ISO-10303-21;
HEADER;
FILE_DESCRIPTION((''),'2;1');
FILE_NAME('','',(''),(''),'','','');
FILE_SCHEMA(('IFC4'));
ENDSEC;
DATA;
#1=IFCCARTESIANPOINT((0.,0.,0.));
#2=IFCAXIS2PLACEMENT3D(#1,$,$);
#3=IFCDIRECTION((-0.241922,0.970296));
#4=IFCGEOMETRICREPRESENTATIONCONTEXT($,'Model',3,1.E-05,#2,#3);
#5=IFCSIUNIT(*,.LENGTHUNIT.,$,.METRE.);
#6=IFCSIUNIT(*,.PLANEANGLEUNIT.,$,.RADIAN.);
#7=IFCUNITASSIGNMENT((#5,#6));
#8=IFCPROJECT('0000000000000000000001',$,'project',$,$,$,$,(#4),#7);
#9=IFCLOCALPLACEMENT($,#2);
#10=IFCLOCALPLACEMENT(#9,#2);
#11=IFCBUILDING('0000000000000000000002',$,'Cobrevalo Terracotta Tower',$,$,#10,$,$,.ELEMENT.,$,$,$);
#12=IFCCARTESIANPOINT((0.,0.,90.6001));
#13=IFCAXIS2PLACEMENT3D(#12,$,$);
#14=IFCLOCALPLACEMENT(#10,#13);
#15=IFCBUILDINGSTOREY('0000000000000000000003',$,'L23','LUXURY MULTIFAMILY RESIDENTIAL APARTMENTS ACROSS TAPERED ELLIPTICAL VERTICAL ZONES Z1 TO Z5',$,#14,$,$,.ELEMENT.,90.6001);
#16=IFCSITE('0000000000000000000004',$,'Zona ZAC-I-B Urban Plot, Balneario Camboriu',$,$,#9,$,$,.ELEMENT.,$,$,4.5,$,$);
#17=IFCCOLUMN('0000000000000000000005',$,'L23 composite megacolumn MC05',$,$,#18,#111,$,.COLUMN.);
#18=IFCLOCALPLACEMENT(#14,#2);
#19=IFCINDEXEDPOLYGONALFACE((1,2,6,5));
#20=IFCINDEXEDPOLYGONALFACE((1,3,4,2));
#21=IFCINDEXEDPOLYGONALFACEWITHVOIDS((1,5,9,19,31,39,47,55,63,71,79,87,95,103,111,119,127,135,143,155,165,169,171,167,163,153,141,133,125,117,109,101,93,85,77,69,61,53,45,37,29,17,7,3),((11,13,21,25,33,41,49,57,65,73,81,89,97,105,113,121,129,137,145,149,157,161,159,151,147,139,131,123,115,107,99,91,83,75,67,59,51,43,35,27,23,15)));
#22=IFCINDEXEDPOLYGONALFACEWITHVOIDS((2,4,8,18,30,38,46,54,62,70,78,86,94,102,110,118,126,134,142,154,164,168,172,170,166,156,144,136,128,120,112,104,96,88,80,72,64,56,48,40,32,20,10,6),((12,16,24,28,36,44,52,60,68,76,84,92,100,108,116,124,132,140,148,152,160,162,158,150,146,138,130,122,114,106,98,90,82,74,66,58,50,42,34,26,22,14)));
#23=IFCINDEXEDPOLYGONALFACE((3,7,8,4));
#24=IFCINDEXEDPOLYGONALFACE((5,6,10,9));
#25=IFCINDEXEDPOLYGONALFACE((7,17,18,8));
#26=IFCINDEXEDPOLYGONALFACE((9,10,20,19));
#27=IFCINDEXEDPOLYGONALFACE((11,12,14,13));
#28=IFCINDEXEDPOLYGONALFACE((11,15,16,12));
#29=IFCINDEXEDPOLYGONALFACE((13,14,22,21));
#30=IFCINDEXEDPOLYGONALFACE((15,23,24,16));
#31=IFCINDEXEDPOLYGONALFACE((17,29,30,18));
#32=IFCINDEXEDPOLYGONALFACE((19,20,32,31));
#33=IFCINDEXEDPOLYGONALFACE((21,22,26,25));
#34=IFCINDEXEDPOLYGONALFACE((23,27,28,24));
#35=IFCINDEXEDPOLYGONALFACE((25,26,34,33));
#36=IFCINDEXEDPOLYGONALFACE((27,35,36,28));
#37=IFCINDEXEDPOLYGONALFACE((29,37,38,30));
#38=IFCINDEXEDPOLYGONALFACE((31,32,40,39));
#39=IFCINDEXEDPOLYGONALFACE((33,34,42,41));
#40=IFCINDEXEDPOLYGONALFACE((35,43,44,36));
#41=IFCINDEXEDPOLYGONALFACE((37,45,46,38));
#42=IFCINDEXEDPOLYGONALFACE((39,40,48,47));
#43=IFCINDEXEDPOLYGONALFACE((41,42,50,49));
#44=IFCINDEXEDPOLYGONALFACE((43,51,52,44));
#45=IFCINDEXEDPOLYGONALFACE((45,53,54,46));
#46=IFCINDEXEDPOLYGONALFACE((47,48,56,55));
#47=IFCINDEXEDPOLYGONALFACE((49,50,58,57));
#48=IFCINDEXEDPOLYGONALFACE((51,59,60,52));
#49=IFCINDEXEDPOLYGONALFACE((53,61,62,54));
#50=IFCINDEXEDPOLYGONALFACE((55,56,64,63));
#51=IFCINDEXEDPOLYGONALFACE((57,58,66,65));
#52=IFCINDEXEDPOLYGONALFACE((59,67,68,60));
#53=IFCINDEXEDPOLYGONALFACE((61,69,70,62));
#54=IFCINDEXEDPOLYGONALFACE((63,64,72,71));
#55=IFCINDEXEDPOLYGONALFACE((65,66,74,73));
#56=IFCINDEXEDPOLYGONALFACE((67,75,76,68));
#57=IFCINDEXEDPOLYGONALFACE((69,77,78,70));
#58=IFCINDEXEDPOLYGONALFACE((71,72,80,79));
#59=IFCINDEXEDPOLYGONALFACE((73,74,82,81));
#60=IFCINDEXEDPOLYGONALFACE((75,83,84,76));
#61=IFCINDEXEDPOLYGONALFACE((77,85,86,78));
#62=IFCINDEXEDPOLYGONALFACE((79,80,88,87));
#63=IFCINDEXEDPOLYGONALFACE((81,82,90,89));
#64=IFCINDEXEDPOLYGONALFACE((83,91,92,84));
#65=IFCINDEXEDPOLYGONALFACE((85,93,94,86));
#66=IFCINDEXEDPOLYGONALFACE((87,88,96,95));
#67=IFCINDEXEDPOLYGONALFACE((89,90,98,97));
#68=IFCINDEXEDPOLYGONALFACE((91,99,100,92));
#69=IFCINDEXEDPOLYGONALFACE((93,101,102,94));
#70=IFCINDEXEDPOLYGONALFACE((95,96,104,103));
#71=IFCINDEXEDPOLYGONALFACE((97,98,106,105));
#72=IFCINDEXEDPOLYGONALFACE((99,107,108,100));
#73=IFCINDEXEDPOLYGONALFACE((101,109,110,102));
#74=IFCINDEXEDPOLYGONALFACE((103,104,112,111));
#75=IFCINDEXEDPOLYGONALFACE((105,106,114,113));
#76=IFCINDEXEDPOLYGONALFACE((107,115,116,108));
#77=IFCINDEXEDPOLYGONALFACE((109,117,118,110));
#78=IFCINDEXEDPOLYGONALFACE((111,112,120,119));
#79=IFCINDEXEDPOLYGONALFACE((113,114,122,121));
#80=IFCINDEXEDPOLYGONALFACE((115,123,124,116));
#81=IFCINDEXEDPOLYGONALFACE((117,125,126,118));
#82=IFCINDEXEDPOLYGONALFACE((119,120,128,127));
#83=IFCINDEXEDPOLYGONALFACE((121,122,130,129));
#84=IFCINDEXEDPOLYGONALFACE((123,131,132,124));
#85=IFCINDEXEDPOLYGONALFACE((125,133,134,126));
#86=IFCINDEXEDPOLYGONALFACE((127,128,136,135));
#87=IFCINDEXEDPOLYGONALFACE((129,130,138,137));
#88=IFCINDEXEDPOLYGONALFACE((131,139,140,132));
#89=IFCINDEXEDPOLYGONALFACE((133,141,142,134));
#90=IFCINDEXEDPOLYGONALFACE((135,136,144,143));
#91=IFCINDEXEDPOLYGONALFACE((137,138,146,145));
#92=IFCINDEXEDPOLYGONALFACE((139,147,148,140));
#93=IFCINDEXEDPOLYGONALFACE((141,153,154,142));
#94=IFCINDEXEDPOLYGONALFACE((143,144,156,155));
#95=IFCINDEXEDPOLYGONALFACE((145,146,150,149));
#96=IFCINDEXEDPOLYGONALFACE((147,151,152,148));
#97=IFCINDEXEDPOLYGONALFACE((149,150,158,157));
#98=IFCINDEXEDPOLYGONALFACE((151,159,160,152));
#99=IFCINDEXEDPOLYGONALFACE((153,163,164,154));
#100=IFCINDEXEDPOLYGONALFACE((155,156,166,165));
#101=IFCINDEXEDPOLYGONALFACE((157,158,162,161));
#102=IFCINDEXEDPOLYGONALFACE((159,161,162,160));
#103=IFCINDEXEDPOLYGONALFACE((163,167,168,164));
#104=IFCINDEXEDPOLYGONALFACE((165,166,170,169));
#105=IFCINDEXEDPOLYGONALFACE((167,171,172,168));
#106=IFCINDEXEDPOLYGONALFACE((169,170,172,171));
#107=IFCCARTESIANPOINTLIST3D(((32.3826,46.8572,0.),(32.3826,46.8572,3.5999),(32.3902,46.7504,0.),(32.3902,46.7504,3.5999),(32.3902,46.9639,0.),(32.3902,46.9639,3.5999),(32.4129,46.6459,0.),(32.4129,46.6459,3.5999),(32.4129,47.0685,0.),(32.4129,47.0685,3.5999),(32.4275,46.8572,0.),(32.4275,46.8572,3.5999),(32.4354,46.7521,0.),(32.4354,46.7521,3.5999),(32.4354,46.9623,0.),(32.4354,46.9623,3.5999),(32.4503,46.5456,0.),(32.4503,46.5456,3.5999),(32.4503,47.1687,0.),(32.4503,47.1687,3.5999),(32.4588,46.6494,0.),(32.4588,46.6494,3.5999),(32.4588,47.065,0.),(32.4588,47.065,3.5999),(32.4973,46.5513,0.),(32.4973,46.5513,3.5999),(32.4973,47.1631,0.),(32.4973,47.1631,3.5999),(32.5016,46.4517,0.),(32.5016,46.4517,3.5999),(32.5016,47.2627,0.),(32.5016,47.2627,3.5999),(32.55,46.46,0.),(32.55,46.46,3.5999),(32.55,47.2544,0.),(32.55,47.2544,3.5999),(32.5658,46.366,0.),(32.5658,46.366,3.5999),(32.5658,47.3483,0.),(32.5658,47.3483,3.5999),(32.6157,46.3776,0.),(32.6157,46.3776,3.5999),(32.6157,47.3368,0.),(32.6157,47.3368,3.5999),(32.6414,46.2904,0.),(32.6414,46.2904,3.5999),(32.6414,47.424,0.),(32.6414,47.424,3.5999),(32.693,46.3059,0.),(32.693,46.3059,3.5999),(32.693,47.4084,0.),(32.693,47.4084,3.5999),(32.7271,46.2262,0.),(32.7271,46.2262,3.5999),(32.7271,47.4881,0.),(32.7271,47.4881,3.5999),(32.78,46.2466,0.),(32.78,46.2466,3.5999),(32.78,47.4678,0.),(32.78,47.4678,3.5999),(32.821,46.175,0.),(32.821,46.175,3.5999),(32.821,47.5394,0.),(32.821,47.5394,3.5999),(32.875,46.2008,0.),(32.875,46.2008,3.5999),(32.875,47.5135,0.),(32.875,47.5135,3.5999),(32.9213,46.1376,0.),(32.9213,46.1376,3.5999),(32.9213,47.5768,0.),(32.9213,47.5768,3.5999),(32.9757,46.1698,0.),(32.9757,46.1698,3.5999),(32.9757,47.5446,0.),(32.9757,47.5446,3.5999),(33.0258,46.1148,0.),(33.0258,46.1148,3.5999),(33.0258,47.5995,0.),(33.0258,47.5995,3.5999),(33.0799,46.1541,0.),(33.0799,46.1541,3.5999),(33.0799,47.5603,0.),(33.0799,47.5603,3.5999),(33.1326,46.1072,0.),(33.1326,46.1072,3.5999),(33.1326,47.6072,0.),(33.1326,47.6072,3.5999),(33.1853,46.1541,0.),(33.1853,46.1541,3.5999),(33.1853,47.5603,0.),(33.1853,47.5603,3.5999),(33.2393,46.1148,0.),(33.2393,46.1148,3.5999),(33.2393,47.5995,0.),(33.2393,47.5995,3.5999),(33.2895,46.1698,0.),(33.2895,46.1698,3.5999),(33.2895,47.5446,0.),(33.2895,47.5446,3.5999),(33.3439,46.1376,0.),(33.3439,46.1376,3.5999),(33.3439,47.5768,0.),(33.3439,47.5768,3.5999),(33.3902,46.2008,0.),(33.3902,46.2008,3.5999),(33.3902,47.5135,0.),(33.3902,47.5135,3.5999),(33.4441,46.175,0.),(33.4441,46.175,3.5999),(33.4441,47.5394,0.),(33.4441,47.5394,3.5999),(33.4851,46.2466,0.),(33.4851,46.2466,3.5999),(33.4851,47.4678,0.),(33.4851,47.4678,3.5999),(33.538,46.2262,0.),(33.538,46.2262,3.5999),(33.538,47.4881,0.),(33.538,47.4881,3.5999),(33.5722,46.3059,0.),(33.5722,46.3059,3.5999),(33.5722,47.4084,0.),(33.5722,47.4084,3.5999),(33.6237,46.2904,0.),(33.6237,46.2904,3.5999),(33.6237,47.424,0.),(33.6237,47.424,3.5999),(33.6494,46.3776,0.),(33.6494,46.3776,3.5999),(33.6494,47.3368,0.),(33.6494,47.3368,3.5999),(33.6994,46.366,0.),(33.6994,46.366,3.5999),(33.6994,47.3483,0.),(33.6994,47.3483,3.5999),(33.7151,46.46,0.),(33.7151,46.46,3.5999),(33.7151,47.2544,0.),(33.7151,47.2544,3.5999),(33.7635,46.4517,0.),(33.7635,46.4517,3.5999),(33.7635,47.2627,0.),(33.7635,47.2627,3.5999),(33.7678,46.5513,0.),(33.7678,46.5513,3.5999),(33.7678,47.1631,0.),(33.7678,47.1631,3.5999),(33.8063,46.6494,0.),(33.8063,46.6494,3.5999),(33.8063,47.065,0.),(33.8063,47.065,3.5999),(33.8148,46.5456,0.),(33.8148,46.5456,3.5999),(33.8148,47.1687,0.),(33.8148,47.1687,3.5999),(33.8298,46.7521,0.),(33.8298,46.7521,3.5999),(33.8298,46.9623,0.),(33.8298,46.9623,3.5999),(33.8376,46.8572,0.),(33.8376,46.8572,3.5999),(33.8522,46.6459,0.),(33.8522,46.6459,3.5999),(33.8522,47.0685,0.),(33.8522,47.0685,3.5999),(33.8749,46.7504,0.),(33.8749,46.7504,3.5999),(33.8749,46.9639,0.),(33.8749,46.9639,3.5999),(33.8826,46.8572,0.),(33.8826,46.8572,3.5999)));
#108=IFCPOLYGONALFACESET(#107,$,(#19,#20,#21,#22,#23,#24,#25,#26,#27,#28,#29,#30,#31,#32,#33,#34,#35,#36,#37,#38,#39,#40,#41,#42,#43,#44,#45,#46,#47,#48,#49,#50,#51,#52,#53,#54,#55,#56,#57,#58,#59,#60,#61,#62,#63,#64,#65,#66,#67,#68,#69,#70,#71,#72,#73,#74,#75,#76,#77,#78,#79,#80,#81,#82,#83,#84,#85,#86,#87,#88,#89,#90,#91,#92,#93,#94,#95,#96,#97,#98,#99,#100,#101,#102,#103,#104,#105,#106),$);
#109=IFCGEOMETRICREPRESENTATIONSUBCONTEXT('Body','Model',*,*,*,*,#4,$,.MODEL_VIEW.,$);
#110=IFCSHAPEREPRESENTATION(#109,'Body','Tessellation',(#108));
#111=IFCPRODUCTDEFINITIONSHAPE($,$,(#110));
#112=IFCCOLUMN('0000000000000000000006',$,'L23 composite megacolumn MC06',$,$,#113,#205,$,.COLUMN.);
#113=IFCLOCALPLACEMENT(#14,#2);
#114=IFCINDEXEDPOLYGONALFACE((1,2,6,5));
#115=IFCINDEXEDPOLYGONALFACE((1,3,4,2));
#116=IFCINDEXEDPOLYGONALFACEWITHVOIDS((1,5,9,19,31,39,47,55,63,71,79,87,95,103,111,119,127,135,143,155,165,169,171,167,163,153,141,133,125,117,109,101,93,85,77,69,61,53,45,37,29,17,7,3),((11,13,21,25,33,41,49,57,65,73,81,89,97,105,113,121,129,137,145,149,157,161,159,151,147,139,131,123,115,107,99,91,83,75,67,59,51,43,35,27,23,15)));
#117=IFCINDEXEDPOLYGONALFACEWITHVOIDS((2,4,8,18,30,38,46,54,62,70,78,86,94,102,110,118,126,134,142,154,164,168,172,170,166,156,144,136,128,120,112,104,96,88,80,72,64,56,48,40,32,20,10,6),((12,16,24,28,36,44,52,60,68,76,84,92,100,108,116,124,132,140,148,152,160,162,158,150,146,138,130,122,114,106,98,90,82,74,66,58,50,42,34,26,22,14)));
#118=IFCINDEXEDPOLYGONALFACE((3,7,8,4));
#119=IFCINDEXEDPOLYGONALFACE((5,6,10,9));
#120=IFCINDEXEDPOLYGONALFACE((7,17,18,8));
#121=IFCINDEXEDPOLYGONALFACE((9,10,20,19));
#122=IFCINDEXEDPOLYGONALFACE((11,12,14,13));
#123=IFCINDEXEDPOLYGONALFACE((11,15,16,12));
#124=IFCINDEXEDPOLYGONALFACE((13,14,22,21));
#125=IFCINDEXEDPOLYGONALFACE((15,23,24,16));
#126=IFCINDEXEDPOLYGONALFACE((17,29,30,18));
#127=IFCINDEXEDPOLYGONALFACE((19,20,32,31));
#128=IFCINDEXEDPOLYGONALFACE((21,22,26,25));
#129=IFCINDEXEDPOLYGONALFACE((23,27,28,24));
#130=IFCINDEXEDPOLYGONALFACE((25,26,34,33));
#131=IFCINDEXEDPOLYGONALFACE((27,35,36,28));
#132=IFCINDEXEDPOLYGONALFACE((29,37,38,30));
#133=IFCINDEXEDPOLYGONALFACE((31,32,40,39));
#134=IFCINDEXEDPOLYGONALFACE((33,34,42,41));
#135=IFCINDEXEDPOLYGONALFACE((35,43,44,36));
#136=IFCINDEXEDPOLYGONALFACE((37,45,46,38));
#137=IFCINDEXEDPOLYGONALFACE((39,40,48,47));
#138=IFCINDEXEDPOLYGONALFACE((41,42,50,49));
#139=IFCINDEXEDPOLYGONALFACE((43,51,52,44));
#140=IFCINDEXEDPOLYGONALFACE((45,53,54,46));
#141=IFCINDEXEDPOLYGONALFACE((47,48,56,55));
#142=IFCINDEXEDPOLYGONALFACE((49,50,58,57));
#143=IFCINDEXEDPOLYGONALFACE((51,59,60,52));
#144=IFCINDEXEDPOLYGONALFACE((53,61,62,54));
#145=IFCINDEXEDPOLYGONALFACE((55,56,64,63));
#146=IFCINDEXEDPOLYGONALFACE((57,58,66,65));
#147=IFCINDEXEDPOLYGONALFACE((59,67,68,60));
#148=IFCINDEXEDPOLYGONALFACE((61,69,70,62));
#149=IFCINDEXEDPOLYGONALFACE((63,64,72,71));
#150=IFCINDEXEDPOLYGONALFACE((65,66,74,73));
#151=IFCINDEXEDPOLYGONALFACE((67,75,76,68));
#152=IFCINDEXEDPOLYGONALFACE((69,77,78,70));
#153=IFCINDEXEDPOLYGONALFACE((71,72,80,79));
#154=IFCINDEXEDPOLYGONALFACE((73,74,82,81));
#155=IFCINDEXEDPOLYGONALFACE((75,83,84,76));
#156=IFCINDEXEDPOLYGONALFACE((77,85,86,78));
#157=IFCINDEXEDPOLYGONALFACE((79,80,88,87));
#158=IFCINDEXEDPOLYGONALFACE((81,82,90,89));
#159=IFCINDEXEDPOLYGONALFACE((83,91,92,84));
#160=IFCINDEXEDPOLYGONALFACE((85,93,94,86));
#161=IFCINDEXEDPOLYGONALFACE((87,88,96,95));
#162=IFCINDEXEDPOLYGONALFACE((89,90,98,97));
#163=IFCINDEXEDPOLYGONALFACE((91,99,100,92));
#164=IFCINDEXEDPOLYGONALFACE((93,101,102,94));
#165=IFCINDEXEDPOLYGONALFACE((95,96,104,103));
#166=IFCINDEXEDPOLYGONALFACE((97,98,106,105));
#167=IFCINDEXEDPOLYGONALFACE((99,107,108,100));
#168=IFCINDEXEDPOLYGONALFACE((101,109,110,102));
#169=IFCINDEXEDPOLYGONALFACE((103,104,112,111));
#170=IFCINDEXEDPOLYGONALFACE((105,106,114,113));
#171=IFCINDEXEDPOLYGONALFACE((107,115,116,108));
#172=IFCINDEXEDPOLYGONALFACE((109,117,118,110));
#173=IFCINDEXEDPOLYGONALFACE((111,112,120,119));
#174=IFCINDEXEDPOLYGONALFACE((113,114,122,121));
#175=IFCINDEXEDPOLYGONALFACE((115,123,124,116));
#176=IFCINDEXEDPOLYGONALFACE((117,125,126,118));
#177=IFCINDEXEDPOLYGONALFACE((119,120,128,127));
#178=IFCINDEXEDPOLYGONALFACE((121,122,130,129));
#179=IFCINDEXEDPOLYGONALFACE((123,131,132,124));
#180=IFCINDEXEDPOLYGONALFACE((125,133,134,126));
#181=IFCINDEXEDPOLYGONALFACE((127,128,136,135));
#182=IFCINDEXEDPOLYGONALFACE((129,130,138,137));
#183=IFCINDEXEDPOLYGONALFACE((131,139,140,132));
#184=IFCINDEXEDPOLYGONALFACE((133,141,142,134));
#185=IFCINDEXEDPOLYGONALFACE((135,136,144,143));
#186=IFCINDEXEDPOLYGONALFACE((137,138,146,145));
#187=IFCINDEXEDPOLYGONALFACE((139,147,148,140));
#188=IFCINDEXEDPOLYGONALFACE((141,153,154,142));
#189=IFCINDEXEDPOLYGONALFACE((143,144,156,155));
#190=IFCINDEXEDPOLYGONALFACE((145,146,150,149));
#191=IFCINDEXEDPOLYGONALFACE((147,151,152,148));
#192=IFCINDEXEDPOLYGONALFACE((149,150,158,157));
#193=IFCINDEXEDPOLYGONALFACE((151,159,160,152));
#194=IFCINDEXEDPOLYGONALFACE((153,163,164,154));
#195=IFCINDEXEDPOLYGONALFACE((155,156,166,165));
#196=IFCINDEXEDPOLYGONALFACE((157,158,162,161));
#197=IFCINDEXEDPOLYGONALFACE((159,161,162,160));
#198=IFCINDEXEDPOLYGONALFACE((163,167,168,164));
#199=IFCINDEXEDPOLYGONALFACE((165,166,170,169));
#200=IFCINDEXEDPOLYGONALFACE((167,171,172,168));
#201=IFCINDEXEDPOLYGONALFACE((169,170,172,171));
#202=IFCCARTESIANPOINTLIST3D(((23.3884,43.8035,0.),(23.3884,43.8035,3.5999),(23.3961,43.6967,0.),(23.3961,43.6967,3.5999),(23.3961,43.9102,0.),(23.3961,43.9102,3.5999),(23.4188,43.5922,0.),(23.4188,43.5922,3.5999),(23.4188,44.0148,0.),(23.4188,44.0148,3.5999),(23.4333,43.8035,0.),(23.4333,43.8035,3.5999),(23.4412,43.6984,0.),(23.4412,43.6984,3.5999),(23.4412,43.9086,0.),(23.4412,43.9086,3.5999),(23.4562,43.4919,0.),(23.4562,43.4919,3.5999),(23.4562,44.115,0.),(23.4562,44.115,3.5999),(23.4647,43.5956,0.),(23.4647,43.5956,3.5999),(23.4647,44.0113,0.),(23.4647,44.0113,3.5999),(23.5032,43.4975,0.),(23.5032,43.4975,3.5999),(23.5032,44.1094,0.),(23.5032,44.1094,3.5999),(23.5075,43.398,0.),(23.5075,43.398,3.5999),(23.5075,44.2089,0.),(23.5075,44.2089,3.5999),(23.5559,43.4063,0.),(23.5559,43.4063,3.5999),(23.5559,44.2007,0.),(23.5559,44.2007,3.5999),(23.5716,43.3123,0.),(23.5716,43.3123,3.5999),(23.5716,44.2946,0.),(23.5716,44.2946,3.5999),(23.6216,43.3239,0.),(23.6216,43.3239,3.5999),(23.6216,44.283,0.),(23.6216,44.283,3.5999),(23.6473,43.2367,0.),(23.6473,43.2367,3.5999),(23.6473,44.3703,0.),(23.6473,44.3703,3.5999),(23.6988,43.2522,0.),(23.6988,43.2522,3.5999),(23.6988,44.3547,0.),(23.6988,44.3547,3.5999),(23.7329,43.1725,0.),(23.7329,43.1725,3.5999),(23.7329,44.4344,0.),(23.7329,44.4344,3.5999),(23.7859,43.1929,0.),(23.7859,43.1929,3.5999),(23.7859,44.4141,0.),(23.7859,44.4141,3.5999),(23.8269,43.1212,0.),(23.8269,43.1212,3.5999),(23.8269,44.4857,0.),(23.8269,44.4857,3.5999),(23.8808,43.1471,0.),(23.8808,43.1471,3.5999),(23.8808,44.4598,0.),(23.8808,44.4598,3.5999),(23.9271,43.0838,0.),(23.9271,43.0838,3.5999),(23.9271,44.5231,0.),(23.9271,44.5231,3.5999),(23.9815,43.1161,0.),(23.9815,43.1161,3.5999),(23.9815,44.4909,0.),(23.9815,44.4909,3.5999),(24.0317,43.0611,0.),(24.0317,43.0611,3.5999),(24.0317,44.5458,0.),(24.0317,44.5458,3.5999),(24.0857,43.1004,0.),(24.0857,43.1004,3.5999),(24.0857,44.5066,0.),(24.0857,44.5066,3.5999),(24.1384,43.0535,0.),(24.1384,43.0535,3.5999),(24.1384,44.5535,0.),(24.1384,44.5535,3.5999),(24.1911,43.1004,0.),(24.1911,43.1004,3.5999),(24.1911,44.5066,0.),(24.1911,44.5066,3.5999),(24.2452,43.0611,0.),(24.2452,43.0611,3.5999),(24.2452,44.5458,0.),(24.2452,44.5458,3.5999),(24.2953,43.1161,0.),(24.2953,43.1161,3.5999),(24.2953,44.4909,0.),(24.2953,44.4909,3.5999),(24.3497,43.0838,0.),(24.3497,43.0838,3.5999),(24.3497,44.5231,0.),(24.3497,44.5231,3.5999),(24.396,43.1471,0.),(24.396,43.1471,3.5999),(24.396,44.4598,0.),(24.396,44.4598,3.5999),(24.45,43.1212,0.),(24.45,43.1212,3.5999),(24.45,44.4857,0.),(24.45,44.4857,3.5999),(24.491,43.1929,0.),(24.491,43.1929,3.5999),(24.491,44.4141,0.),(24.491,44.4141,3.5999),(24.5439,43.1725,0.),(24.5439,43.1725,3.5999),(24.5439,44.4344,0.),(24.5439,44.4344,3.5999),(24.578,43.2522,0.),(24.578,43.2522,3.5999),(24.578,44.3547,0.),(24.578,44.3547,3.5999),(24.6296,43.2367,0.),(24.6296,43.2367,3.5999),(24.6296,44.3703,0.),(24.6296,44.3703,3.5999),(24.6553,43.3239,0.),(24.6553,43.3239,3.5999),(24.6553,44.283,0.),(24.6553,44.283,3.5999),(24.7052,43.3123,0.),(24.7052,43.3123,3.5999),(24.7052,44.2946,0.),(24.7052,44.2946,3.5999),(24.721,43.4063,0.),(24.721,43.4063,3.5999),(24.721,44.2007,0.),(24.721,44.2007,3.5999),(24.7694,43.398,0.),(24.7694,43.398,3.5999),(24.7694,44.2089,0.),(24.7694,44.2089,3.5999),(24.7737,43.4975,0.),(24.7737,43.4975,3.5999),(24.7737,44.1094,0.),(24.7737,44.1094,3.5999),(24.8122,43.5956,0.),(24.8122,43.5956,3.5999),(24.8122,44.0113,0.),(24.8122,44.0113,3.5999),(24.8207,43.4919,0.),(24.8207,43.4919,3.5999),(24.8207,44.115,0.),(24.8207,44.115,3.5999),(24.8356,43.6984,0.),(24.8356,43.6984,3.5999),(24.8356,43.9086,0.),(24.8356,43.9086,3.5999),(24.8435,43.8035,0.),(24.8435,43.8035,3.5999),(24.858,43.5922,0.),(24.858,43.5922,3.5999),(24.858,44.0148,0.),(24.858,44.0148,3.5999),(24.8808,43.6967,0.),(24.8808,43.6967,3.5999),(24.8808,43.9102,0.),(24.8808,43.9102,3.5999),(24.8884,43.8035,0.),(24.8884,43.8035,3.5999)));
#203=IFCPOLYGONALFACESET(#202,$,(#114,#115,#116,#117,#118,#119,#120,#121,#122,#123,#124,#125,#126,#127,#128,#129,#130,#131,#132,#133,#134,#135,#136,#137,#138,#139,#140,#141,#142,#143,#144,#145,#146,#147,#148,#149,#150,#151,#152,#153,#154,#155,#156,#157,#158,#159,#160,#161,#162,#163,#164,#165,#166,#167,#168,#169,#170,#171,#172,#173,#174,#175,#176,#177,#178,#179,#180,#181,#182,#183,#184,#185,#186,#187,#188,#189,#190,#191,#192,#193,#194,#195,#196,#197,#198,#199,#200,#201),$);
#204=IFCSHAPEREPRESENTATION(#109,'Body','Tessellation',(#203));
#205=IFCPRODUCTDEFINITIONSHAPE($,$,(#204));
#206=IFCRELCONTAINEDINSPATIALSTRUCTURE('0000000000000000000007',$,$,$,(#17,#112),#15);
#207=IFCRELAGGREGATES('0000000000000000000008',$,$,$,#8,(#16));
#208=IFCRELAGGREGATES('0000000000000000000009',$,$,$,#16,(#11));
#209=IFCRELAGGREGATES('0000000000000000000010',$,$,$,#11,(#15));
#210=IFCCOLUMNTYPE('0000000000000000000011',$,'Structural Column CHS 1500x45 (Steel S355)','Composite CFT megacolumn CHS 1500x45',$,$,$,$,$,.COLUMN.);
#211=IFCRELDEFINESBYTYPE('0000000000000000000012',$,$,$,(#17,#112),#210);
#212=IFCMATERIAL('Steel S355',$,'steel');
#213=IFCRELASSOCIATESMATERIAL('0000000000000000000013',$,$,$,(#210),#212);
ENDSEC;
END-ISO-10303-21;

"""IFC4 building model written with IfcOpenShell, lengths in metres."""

from ifc_helpers import new_model, si_unit, direction, frame, origin, origin_2d, place, context, subcontext, project, spatial, hollow_circle, extrude, material, material_profile, profile_set, type_object, element, save


model = new_model("IFC4")

# Units and contexts
model_context = context("Model", 3, precision=1e-05, world=origin(), true_north=direction((-0.241922, 0.970296)))
body_context = subcontext(model_context, "Body", "Model", "MODEL_VIEW")
ifc_project = project(units=[si_unit("LENGTHUNIT", "METRE"), si_unit("PLANEANGLEUNIT", "RADIAN")], contexts=[model_context])

# Site, building, storey
site_placement = place(None, origin())
site = spatial("IfcSite", under=ifc_project, at=site_placement, Name="Zona ZAC-I-B Urban Plot, Balneario Camboriu", CompositionType="ELEMENT", RefElevation=4.5)
building_placement = place(site_placement, origin())
building = spatial("IfcBuilding", under=site, at=building_placement, Name="Cobrevalo Terracotta Tower", CompositionType="ELEMENT")
storey_placement = place(building_placement, frame((0.0, 0.0, 90.6001)))
storey = spatial("IfcBuildingStorey", under=building, at=storey_placement, Name="L23", Description="LUXURY MULTIFAMILY RESIDENTIAL APARTMENTS ACROSS TAPERED ELLIPTICAL VERTICAL ZONES Z1 TO Z5", CompositionType="ELEMENT", Elevation=90.6001)

# Columns
ifc_material_1 = material(Name="Steel S355", Category="steel")
ifc_material_profile_1 = material_profile(ifc_material_1, hollow_circle(Radius=0.75, WallThickness=0.0449, at=origin_2d()), Name="CHS 1500x45")
ifc_profile_set_1 = profile_set([ifc_material_profile_1], Name="Steel S355")
column_type = type_object("IfcColumnType", Name="Structural Column CHS 1500x45 (Steel S355)", Description="Composite CFT megacolumn CHS 1500x45", PredefinedType="COLUMN", material=ifc_profile_set_1)
for number, where, z_axis, x_axis, name in (
    (1, (33.1326, 46.8572, 0.0), (0.0, 0.0, 1.0), (1.0, 0.0, 0.0), "L23 composite megacolumn MC05"),
    (2, (24.1384, 43.8035, 0.0), (0.0, 0.0, 1.0), (1.0, 0.0, 0.0), "L23 composite megacolumn MC06"),
):
    element("IfcColumn", number, at=place(storey_placement, frame(where, z_axis=z_axis, x_axis=x_axis)), inside=storey, type_object=column_type, Name=name, PredefinedType="COLUMN", context=body_context, shape_type="SweptSolid", body=[
        extrude(hollow_circle(Radius=0.75, WallThickness=0.0449, at=origin_2d()), origin(), (0.0, 0.0, 1.0), 3.5999),
    ])

save(model, "model.ifc")
